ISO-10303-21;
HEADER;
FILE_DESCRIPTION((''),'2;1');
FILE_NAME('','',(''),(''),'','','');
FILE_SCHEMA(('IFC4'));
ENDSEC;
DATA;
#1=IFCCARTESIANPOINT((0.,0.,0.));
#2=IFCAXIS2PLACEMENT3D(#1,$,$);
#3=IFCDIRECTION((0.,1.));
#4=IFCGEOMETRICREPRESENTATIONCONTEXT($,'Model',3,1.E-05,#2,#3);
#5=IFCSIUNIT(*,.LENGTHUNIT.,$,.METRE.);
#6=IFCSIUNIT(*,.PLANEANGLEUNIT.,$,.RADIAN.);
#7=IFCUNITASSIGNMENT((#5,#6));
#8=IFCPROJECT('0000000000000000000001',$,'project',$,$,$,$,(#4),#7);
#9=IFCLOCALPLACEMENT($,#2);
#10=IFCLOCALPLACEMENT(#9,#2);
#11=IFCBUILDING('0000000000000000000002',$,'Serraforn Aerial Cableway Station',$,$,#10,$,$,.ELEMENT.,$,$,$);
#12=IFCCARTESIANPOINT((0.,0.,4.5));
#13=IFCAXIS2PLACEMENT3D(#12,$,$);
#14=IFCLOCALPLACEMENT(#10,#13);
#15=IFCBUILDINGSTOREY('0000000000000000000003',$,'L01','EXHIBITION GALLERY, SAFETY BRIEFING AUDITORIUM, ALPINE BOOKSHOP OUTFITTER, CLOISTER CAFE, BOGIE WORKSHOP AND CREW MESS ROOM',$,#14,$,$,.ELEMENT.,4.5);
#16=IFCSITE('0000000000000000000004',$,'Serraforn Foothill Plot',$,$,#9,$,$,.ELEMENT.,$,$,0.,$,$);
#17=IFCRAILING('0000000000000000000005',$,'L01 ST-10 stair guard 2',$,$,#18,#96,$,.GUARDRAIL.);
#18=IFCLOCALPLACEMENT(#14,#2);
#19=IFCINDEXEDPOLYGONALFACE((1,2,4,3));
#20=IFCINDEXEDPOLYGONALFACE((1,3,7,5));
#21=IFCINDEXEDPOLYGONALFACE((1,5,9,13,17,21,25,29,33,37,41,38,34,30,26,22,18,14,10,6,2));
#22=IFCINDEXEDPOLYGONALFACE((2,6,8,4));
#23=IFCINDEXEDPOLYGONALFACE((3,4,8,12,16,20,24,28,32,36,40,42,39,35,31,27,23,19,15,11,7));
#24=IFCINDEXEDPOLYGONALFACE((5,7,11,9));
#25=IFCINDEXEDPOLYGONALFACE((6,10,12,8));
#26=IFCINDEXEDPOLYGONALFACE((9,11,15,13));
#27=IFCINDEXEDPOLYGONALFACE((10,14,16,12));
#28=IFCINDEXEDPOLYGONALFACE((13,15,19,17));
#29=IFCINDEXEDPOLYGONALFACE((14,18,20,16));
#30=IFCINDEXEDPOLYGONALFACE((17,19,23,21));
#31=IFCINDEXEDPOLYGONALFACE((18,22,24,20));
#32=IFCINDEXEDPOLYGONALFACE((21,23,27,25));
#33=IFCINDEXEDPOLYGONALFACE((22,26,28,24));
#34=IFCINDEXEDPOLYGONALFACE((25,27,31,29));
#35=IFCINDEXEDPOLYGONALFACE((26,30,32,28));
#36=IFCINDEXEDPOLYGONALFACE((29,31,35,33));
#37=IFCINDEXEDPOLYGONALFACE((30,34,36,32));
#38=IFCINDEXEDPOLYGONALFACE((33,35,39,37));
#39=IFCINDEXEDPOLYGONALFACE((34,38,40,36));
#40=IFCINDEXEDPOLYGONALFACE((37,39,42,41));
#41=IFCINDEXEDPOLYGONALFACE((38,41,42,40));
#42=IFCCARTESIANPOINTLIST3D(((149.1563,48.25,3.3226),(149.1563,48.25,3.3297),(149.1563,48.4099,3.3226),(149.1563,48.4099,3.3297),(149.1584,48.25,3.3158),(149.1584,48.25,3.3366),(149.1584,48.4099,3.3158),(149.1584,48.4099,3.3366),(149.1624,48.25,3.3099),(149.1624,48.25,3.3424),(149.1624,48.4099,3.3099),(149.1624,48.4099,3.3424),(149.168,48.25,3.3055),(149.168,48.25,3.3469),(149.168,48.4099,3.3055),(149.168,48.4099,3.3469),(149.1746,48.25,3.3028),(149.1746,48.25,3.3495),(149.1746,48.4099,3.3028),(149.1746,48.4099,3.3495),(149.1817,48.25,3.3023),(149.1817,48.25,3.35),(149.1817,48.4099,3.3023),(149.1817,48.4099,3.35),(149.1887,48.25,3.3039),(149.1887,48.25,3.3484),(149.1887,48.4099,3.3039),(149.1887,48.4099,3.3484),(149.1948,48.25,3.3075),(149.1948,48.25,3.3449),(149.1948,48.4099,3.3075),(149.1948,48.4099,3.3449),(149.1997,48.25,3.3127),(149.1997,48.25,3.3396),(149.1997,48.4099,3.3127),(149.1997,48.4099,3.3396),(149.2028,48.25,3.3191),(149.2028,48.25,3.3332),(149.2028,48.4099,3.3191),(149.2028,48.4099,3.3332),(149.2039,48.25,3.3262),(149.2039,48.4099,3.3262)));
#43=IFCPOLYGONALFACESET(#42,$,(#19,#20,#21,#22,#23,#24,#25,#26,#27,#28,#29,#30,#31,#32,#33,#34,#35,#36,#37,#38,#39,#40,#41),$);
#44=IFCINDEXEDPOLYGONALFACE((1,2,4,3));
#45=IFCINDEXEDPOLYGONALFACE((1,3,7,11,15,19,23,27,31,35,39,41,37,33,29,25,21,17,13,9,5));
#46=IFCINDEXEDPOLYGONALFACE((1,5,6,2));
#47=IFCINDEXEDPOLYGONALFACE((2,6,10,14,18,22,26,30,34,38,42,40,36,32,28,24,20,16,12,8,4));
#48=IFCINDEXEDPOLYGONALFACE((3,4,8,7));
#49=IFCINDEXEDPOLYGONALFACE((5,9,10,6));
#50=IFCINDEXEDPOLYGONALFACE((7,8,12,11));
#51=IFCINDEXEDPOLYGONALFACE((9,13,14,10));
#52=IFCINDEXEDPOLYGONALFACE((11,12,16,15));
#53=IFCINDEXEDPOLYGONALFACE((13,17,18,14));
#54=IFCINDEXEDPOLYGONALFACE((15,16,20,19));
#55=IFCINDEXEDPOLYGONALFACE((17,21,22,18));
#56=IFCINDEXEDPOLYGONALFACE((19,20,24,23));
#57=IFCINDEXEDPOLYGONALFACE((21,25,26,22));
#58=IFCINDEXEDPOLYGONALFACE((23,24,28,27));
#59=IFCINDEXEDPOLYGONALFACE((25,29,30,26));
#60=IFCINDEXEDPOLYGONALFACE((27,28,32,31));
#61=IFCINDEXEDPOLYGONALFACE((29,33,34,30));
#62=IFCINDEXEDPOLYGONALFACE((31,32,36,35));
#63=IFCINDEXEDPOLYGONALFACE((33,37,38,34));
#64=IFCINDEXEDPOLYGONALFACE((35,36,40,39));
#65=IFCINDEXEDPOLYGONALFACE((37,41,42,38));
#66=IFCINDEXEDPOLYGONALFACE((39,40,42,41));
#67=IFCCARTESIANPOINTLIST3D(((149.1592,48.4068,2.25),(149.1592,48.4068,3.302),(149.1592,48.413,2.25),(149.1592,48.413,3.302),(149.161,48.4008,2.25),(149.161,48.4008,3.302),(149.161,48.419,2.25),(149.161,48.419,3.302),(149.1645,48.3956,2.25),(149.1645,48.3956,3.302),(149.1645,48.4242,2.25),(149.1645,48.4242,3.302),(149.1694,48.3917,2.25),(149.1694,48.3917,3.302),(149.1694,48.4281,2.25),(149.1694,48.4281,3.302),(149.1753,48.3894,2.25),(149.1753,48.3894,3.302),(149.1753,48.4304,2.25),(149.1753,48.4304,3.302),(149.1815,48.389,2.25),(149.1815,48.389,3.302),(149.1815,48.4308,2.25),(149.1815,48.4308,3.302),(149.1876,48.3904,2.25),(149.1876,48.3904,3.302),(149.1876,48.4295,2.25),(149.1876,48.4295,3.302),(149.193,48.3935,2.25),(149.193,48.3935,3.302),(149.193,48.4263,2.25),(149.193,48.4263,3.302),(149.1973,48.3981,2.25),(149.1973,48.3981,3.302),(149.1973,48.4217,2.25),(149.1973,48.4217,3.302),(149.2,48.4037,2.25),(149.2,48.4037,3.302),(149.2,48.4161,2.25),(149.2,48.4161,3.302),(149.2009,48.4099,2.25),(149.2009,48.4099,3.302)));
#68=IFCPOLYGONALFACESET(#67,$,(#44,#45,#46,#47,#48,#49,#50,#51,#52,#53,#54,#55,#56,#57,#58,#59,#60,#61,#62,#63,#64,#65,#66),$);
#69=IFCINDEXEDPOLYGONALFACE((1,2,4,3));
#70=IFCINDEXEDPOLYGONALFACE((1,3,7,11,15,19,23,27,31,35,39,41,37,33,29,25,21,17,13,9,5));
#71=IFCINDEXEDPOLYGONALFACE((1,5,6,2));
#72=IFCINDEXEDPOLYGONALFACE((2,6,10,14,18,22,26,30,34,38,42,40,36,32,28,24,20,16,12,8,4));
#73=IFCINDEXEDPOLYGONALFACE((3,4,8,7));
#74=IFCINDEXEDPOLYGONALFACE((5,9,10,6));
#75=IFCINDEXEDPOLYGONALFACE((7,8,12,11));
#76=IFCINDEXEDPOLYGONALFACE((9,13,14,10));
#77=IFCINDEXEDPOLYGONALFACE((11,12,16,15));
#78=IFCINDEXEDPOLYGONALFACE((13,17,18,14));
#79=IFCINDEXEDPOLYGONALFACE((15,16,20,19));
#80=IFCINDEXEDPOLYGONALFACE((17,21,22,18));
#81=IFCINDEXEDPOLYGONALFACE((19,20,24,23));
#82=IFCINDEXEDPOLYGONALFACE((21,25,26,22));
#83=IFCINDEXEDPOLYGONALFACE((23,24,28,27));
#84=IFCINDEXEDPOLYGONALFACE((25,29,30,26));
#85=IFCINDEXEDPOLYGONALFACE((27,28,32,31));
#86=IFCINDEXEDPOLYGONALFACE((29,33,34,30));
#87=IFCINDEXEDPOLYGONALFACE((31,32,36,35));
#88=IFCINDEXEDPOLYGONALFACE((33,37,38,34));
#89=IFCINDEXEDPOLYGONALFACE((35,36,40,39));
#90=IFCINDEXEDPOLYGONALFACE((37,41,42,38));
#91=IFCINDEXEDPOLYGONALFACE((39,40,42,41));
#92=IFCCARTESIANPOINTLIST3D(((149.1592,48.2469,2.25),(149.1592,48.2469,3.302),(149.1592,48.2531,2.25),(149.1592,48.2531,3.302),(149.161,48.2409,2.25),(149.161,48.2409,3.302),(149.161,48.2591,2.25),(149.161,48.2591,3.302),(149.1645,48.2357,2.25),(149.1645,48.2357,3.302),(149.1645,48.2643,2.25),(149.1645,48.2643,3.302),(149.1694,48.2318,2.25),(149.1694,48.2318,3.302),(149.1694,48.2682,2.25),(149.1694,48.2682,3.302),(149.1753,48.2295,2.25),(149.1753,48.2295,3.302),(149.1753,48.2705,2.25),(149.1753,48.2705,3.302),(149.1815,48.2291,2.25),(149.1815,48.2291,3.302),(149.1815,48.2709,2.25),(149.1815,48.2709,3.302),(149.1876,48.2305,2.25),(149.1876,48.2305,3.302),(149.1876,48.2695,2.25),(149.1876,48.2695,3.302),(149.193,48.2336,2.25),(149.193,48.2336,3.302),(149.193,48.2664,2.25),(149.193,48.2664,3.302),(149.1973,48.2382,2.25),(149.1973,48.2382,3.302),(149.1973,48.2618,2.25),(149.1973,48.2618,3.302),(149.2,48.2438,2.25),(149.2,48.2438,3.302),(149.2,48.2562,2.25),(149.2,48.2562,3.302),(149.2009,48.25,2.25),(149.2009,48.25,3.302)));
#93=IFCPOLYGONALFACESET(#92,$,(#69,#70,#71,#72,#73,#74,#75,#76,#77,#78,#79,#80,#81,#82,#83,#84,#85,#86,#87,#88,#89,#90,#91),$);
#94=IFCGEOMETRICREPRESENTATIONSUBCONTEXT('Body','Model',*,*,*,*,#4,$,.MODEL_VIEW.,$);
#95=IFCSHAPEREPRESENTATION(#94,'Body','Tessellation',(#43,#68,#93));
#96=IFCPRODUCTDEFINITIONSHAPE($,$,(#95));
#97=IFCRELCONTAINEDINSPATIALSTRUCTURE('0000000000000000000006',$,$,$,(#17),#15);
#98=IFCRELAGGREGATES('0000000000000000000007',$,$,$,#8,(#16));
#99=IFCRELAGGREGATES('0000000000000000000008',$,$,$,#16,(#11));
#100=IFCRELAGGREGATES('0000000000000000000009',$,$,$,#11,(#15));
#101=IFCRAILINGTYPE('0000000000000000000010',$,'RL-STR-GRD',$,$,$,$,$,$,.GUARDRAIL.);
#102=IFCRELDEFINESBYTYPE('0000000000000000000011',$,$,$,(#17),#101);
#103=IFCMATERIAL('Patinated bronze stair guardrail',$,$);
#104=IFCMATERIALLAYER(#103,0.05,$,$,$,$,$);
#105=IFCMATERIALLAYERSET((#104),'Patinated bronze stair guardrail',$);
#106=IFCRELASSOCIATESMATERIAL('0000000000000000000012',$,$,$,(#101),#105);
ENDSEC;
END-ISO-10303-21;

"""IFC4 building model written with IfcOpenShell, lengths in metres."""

from ifc_helpers import new_model, si_unit, direction, frame, origin, origin_2d, place, context, subcontext, project, spatial, circle, extrude, material, layer, layer_set, type_object, element, save


model = new_model("IFC4")

# Units and contexts
model_context = context("Model", 3, precision=1e-05, world=origin(), true_north=direction((0.0, 1.0)))
body_context = subcontext(model_context, "Body", "Model", "MODEL_VIEW")
ifc_project = project(units=[si_unit("LENGTHUNIT", "METRE"), si_unit("PLANEANGLEUNIT", "RADIAN")], contexts=[model_context])

# Site, building, storey
site_placement = place(None, origin())
site = spatial("IfcSite", under=ifc_project, at=site_placement, Name="Serraforn Foothill Plot", CompositionType="ELEMENT", RefElevation=0.0)
building_placement = place(site_placement, origin())
building = spatial("IfcBuilding", under=site, at=building_placement, Name="Serraforn Aerial Cableway Station", CompositionType="ELEMENT")
storey_placement = place(building_placement, frame((0.0, 0.0, 4.5)))
storey = spatial("IfcBuildingStorey", under=building, at=storey_placement, Name="L01", Description="EXHIBITION GALLERY, SAFETY BRIEFING AUDITORIUM, ALPINE BOOKSHOP OUTFITTER, CLOISTER CAFE, BOGIE WORKSHOP AND CREW MESS ROOM", CompositionType="ELEMENT", Elevation=4.5)

# Railing
ifc_material_1 = material(Name="Patinated bronze stair guardrail")
ifc_layer_1 = layer(ifc_material_1, 0.05)
ifc_layer_set_1 = layer_set([ifc_layer_1], Name="Patinated bronze stair guardrail")
railing_type_1 = type_object("IfcRailingType", Name="RL-STR-GRD", PredefinedType="GUARDRAIL", material=ifc_layer_set_1)
railing_1_placement = place(storey_placement, frame((149.1799, 48.4099, 2.25)))
element("IfcRailing", 1, at=railing_1_placement, inside=storey, type_object=railing_type_1, Name="L01 ST-10 stair guard 2", PredefinedType="GUARDRAIL", context=body_context, shape_type="SweptSolid", body=[
    extrude(circle(Radius=0.0239, at=origin_2d()), frame((0.0, 0.0, 1.0762), z_axis=(0.0, -1.0, 0.0), x_axis=(1.0, 0.0, 0.0)), (0.0, 0.0, 1.0), 0.1599),
    extrude(circle(Radius=0.021, at=origin_2d()), origin(), (0.0, 0.0, 1.0), 1.052),
    extrude(circle(Radius=0.021, at=origin_2d()), frame((0.0, -0.1599, 0.0)), (0.0, 0.0, 1.0), 1.052),
])

save(model, "model.ifc")
